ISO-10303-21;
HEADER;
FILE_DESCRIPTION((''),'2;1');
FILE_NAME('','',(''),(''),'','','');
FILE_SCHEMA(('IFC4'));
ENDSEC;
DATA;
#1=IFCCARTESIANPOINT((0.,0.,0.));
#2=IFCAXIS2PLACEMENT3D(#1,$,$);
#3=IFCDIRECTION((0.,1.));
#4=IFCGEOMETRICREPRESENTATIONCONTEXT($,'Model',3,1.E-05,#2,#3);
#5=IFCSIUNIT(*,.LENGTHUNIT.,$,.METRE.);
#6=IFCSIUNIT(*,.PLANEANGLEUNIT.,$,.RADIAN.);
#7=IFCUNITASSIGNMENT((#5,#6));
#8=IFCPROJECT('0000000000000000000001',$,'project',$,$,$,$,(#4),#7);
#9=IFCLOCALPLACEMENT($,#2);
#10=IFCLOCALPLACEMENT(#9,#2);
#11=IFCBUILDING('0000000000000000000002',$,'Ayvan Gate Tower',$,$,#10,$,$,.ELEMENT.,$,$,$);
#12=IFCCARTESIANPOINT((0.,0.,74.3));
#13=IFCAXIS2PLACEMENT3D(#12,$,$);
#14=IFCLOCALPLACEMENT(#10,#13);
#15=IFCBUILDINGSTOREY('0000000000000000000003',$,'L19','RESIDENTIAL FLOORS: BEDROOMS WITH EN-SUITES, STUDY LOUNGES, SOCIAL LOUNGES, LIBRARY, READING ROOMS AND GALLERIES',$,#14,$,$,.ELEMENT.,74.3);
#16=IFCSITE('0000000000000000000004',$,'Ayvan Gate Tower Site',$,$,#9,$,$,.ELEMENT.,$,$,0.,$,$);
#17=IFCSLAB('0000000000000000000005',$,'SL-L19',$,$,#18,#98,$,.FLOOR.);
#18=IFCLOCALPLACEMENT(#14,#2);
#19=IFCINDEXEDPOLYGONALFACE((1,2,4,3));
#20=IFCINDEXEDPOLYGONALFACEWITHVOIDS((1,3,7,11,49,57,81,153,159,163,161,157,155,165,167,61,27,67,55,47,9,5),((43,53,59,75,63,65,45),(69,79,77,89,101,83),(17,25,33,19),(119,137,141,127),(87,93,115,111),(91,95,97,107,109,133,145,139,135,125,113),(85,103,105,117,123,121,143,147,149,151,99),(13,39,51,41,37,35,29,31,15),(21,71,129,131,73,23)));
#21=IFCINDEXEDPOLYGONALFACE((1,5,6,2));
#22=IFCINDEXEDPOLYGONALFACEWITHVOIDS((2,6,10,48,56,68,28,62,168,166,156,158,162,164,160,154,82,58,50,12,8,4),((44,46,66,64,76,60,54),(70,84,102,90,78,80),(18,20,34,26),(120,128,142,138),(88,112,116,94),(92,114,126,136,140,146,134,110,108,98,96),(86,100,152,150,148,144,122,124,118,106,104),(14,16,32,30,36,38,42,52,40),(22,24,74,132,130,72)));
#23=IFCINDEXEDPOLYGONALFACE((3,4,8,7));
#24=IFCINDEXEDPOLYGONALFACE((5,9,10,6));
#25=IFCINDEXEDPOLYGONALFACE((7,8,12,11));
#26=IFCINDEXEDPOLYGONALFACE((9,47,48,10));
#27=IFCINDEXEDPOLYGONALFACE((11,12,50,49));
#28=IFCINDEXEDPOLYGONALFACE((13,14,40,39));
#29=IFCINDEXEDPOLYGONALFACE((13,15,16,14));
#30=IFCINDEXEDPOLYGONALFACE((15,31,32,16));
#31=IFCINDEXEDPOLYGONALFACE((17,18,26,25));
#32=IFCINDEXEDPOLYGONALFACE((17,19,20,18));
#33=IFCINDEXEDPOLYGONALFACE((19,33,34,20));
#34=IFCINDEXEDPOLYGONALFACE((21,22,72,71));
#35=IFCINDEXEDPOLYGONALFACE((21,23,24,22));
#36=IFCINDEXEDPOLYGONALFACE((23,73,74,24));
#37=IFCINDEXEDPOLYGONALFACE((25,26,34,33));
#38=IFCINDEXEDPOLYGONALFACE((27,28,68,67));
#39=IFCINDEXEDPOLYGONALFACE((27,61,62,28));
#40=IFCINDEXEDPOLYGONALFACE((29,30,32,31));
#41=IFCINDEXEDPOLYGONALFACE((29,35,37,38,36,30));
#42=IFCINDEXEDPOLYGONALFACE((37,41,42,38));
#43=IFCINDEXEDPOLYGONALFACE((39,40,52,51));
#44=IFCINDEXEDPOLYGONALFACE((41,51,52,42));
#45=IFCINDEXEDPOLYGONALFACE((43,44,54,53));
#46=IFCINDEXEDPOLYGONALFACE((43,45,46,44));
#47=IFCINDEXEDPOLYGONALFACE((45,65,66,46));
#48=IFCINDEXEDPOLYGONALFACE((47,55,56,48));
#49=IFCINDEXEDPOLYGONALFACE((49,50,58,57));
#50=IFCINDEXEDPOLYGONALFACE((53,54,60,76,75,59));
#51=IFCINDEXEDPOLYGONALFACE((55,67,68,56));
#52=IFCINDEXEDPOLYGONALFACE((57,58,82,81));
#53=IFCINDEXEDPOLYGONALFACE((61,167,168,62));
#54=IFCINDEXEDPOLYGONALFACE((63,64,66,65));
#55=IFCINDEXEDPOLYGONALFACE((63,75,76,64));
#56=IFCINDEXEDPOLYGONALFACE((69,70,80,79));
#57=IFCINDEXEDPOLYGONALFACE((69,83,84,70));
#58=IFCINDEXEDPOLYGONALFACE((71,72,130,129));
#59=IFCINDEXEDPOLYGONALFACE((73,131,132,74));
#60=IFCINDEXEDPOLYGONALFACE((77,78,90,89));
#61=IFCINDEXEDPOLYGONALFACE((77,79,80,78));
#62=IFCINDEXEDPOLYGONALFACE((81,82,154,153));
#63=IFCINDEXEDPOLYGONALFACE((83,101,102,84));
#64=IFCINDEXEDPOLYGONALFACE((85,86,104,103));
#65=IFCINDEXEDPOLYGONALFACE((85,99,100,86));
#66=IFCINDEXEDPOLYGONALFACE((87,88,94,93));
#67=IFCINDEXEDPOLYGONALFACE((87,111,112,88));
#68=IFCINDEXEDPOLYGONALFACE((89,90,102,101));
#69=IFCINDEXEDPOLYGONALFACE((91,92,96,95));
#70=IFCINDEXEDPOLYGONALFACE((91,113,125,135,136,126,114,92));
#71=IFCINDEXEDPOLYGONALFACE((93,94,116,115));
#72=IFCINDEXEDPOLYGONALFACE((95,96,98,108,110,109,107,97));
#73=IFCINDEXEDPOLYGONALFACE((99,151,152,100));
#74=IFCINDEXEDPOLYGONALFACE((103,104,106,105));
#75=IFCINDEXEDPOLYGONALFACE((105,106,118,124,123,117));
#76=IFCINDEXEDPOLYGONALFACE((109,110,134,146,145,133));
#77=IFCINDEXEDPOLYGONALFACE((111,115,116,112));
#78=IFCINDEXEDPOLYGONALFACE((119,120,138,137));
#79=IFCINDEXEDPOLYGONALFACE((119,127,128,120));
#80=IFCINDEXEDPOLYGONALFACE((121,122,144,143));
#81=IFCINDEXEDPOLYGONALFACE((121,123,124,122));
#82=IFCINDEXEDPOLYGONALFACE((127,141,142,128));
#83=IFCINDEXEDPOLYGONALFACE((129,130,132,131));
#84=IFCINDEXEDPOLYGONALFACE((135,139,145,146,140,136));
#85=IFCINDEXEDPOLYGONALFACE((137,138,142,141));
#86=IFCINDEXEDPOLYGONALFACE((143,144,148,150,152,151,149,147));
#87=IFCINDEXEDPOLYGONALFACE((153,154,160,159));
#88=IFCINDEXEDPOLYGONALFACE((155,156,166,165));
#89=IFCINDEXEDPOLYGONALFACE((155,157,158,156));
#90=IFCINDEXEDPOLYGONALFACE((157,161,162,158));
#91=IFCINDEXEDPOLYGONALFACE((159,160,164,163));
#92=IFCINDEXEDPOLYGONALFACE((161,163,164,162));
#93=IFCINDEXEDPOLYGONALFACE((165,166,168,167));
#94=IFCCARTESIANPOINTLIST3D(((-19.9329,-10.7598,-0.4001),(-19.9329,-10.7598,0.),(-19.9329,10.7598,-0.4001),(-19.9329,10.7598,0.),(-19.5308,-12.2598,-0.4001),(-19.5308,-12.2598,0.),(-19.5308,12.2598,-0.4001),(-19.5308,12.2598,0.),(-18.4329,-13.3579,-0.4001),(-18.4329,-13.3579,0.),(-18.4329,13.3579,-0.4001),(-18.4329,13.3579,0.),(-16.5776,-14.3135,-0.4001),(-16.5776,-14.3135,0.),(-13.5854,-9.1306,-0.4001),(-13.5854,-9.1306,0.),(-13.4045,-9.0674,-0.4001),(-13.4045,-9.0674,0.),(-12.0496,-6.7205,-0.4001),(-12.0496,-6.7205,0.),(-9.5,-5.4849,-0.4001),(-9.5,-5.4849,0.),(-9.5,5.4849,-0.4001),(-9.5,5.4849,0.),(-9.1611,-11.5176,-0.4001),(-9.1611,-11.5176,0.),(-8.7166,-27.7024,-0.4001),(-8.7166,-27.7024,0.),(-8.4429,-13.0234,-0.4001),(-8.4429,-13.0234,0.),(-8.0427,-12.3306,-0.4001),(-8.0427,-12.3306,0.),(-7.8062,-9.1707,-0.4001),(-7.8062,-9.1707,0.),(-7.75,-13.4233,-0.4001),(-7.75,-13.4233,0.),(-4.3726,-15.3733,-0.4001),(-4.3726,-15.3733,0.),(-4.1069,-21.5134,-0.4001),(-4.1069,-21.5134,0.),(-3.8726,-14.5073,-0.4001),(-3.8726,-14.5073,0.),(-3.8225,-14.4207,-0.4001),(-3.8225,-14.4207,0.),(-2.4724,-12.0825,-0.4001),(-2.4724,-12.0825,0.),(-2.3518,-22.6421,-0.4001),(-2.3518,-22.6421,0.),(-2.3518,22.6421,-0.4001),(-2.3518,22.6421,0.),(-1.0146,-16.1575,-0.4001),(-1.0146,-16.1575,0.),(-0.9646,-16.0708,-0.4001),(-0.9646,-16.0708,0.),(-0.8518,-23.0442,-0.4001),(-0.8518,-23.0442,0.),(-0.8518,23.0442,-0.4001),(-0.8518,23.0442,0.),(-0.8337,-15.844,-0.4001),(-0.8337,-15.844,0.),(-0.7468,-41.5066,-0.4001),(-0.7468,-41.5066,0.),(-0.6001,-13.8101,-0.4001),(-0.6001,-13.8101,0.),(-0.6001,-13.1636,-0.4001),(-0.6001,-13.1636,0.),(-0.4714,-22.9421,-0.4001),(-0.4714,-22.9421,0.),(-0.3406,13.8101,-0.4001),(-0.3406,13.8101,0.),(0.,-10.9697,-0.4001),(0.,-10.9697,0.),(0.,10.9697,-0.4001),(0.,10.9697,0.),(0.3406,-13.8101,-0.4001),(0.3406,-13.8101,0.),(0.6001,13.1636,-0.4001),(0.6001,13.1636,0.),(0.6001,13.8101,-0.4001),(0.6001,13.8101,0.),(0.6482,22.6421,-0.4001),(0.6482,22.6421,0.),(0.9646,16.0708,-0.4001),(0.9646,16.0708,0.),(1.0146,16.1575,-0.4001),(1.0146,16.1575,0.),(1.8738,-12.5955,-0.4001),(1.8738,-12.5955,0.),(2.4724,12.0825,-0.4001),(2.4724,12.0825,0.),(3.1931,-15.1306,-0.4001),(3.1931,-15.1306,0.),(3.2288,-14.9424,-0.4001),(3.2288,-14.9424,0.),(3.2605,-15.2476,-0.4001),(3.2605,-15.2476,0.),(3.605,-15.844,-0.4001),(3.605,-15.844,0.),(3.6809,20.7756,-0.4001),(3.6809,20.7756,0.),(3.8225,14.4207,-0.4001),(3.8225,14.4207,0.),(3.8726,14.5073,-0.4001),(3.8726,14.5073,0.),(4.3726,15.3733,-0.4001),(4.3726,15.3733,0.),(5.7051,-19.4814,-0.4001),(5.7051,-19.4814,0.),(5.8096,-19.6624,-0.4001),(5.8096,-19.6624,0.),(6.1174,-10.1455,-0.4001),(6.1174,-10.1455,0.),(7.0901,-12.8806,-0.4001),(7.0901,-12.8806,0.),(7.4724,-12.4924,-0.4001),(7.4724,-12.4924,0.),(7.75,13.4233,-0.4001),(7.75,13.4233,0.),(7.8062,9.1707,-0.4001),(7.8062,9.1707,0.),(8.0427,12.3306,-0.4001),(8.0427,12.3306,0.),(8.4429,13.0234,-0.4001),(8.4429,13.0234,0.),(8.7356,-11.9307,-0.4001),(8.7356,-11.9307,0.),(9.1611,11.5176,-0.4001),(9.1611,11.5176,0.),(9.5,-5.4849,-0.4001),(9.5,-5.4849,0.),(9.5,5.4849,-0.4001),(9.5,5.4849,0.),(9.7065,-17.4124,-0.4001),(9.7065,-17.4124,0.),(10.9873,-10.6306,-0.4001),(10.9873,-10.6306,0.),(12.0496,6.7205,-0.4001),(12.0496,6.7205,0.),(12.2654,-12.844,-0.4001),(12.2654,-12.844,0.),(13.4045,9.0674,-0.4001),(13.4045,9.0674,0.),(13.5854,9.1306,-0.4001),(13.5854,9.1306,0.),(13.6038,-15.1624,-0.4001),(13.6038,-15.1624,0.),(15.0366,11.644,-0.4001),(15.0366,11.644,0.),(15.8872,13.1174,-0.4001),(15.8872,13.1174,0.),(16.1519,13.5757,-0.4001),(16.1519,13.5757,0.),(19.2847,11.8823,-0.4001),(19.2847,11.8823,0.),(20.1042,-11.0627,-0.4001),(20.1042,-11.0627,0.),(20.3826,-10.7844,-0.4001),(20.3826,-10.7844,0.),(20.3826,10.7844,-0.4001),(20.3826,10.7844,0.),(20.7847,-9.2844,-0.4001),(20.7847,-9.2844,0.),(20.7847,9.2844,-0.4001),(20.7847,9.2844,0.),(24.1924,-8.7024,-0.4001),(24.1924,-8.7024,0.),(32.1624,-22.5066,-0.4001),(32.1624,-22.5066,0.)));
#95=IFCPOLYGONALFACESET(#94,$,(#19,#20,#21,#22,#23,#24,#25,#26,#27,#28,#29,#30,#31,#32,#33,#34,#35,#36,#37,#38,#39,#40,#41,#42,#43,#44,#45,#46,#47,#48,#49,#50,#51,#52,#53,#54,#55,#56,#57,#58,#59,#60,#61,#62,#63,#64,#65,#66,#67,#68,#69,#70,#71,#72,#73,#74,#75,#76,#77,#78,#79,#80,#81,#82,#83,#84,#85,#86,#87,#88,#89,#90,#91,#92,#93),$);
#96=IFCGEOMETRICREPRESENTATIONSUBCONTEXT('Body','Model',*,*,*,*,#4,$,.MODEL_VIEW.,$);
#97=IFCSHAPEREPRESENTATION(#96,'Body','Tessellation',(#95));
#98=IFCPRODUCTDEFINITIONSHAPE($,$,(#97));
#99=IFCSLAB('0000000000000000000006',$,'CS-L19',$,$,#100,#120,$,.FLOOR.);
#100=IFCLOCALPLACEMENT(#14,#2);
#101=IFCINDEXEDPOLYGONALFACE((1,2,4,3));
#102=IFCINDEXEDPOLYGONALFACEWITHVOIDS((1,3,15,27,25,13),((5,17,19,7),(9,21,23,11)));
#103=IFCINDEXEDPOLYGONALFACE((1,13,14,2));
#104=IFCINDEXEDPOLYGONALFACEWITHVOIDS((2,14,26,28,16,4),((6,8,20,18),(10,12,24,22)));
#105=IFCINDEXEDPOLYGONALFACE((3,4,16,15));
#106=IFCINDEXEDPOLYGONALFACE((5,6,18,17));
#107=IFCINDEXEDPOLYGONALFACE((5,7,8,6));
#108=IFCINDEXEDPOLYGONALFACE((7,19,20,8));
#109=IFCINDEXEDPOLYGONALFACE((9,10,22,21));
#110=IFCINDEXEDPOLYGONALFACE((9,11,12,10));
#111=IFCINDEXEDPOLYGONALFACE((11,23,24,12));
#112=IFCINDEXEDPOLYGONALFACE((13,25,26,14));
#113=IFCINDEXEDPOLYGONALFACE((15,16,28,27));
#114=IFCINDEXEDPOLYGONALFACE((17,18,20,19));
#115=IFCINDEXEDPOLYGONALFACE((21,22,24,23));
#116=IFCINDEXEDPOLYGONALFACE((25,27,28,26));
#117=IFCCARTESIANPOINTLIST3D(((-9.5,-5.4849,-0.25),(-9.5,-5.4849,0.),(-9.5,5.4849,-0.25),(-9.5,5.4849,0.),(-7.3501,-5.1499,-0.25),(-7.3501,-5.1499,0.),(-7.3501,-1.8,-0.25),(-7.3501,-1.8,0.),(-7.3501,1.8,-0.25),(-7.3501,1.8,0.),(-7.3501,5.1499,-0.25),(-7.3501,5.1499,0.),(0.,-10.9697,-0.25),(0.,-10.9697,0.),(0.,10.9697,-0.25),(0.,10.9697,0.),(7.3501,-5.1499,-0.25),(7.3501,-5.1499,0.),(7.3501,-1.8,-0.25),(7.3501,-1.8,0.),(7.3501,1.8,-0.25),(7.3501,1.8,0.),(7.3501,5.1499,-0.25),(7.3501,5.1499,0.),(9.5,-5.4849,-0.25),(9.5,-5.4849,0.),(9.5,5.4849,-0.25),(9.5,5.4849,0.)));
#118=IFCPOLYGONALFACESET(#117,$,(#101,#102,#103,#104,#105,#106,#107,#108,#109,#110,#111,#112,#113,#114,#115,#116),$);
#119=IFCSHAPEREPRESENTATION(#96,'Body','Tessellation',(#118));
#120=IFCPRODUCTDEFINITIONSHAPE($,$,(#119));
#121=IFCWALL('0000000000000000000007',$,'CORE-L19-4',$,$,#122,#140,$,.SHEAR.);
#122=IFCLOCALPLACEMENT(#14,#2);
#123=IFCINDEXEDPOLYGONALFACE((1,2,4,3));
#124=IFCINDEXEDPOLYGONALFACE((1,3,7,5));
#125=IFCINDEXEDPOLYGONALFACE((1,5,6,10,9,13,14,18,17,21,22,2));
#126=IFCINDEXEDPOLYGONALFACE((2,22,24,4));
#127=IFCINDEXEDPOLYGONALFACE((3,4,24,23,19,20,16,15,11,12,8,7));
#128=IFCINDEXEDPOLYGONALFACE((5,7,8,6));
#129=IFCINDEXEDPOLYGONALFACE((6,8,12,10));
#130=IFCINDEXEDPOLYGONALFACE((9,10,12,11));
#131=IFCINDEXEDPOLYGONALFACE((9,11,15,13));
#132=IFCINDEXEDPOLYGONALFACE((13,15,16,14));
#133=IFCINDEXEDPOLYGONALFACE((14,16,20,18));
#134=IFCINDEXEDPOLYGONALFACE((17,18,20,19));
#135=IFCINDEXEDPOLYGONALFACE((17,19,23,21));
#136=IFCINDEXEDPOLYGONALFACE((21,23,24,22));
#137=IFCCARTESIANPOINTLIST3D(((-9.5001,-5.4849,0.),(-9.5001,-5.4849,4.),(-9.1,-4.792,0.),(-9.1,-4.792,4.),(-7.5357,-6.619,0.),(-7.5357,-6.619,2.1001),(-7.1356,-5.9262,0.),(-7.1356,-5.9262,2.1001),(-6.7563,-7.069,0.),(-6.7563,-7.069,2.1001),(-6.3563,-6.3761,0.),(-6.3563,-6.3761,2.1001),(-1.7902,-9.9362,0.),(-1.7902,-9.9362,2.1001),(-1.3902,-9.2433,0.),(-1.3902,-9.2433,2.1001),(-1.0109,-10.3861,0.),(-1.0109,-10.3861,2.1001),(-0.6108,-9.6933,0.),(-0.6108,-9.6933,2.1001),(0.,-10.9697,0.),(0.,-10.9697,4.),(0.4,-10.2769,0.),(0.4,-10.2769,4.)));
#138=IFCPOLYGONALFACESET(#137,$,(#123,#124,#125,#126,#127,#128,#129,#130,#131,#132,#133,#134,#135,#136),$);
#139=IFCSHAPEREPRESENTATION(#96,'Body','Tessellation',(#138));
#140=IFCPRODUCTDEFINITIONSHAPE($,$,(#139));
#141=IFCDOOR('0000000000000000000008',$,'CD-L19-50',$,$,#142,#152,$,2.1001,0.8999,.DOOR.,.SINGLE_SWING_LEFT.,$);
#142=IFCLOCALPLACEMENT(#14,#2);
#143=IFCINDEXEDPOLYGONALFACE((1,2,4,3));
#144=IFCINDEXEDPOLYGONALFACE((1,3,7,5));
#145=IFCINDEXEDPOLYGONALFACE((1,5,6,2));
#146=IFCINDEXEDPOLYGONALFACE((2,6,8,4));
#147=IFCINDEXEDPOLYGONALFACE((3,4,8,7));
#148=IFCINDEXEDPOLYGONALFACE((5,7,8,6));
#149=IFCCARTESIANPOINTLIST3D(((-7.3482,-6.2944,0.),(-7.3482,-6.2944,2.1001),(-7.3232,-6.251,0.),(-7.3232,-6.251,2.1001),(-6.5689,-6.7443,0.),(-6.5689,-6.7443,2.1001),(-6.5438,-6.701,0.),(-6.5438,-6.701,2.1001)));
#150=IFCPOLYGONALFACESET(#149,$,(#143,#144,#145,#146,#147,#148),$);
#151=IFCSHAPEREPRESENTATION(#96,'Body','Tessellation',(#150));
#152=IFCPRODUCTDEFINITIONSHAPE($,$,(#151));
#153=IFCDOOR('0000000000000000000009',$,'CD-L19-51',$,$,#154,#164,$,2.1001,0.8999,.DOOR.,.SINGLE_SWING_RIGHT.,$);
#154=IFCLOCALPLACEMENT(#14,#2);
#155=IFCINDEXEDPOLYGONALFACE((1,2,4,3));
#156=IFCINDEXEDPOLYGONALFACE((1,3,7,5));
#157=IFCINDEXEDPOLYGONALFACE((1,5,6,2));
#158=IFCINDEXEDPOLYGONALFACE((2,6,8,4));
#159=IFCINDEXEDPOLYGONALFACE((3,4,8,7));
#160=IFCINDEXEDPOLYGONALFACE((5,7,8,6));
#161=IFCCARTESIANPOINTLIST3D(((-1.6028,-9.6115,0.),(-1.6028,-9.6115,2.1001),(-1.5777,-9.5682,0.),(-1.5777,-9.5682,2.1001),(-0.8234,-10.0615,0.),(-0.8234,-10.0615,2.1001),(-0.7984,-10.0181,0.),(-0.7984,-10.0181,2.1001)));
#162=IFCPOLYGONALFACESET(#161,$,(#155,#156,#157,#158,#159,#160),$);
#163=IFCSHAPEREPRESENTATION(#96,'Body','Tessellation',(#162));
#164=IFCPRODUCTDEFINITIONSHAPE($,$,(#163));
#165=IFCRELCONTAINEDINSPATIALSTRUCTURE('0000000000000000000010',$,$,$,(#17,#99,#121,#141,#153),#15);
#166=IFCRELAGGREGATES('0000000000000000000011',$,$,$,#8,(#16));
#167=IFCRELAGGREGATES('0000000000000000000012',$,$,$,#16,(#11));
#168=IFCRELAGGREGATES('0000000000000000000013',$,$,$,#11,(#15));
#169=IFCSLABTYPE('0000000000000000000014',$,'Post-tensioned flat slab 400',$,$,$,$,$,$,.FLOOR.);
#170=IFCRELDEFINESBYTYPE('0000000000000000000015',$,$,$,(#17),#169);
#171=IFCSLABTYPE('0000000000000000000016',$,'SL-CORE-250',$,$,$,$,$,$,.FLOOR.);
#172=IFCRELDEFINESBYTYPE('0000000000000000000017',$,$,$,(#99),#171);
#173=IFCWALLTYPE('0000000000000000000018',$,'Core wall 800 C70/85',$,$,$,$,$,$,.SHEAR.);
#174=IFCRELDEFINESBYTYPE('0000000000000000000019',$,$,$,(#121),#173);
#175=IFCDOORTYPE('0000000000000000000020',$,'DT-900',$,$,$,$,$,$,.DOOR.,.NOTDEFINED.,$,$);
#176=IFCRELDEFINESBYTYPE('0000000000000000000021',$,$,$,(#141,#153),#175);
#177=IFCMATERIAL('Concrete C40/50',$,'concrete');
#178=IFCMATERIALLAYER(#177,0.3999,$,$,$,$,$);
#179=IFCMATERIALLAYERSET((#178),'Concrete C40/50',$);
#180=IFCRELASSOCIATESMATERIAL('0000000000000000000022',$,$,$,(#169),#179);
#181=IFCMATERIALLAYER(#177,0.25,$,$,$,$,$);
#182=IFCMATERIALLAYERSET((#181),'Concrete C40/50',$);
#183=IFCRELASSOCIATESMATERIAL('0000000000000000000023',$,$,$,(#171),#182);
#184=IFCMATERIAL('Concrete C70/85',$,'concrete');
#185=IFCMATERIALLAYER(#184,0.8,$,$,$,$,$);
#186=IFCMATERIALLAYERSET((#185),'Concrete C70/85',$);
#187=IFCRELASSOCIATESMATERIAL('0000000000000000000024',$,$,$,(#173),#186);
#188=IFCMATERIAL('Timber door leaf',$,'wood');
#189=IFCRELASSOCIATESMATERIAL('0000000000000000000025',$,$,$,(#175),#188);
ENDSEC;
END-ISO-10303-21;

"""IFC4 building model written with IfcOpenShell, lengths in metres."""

from ifc_helpers import new_model, si_unit, direction, frame, frame_2d, origin, place, context, subcontext, project, spatial, polyline, rectangle, outline, extrude, material, layer, layer_set, type_object, element, fill, save


model = new_model("IFC4")

# Units and contexts
model_context = context("Model", 3, precision=1e-05, world=origin(), true_north=direction((0.0, 1.0)))
body_context = subcontext(model_context, "Body", "Model", "MODEL_VIEW")
ifc_project = project(units=[si_unit("LENGTHUNIT", "METRE"), si_unit("PLANEANGLEUNIT", "RADIAN")], contexts=[model_context])

# Site, building, storey
site_placement = place(None, origin())
site = spatial("IfcSite", under=ifc_project, at=site_placement, Name="Ayvan Gate Tower Site", CompositionType="ELEMENT", RefElevation=0.0)
building_placement = place(site_placement, origin())
building = spatial("IfcBuilding", under=site, at=building_placement, Name="Ayvan Gate Tower", CompositionType="ELEMENT")
storey_placement = place(building_placement, frame((0.0, 0.0, 74.3)))
storey = spatial("IfcBuildingStorey", under=building, at=storey_placement, Name="L19", Description="RESIDENTIAL FLOORS: BEDROOMS WITH EN-SUITES, STUDY LOUNGES, SOCIAL LOUNGES, LIBRARY, READING ROOMS AND GALLERIES", CompositionType="ELEMENT", Elevation=74.3)

# Slabs
ifc_material_1 = material(Name="Concrete C40/50", Category="concrete")
ifc_layer_1 = layer(ifc_material_1, 0.3999)
ifc_layer_set_1 = layer_set([ifc_layer_1], Name="Concrete C40/50")
slab_type_1 = type_object("IfcSlabType", Name="Post-tensioned flat slab 400", PredefinedType="FLOOR", material=ifc_layer_set_1)
slab_1_placement = place(storey_placement, frame((0.0, 0.0, -0.4001)))
element("IfcSlab", 1, at=slab_1_placement, inside=storey, type_object=slab_type_1, Name="SL-L19", PredefinedType="FLOOR", context=body_context, shape_type="SweptSolid", body=[
    extrude(outline(polyline([(-19.9329, -10.7598), (-19.9329, 10.7598), (-19.5308, 12.2598), (-18.4329, 13.3579), (-2.3518, 22.6421), (-0.8518, 23.0442), (0.6482, 22.6421), (19.2847, 11.8823), (20.3826, 10.7844), (20.7847, 9.2844), (20.7847, -9.2844), (20.3826, -10.7844), (20.1042, -11.0627), (24.1924, -8.7024), (32.1624, -22.5066), (-0.7468, -41.5066), (-8.7166, -27.7024), (-0.4714, -22.9421), (-0.8518, -23.0442), (-2.3518, -22.6421), (-18.4329, -13.3579), (-19.5308, -12.2598), (-19.9329, -10.7598)]), holes=[polyline([(8.4429, 13.0234), (8.0427, 12.3306), (13.5854, 9.1306), (15.0366, 11.644), (15.8872, 13.1174), (16.1519, 13.5757), (3.6809, 20.7756), (1.0146, 16.1575), (3.8726, 14.5073), (4.3726, 15.3733), (7.75, 13.4233), (8.4429, 13.0234)]), polyline([(7.0901, -12.8806), (3.1931, -15.1306), (3.2605, -15.2476), (3.605, -15.844), (5.7051, -19.4814), (5.8096, -19.6624), (9.7065, -17.4124), (13.6038, -15.1624), (12.2654, -12.844), (10.9873, -10.6306), (8.7356, -11.9307), (7.0901, -12.8806)]), polyline([(7.8062, 9.1707), (12.0496, 6.7205), (13.4045, 9.0674), (9.1611, 11.5176), (7.8062, 9.1707)]), polyline([(-9.5, -5.4849), (0.0, -10.9697), (9.5, -5.4849), (9.5, 5.4849), (0.0, 10.9697), (-9.5, 5.4849), (-9.5, -5.4849)]), polyline([(6.1174, -10.1455), (1.8738, -12.5955), (3.2288, -14.9424), (7.4724, -12.4924), (6.1174, -10.1455)]), polyline([(0.9646, 16.0708), (-0.3406, 13.8101), (0.6001, 13.8101), (0.6001, 13.1636), (2.4724, 12.0825), (3.8225, 14.4207), (0.9646, 16.0708)]), polyline([(-0.6001, -13.1636), (-2.4724, -12.0825), (-3.8225, -14.4207), (-0.9646, -16.0708), (-0.8337, -15.844), (0.3406, -13.8101), (-0.6001, -13.8101), (-0.6001, -13.1636)]), polyline([(-16.5776, -14.3135), (-4.1069, -21.5134), (-1.0146, -16.1575), (-3.8726, -14.5073), (-4.3726, -15.3733), (-7.75, -13.4233), (-8.4429, -13.0234), (-8.0427, -12.3306), (-13.5854, -9.1306), (-16.5776, -14.3135)]), polyline([(-13.4045, -9.0674), (-9.1611, -11.5176), (-7.8062, -9.1707), (-12.0496, -6.7205), (-13.4045, -9.0674)])]), origin(), (0.0, 0.0, 1.0), 0.4001),
])
ifc_layer_2 = layer(ifc_material_1, 0.25)
ifc_layer_set_2 = layer_set([ifc_layer_2], Name="Concrete C40/50")
slab_type_2 = type_object("IfcSlabType", Name="SL-CORE-250", PredefinedType="FLOOR", material=ifc_layer_set_2)
slab_2_placement = place(storey_placement, frame((0.0, 0.0, -0.25)))
element("IfcSlab", 2, at=slab_2_placement, inside=storey, type_object=slab_type_2, Name="CS-L19", PredefinedType="FLOOR", context=body_context, shape_type="SweptSolid", body=[
    extrude(outline(polyline([(9.5, -5.4849), (0.0, -10.9697), (-9.5, -5.4849), (-9.5, 5.4849), (0.0, 10.9697), (9.5, 5.4849), (9.5, -5.4849)]), holes=[polyline([(-7.3501, -1.8), (-7.3501, -5.1499), (7.3501, -5.1499), (7.3501, -1.8), (-7.3501, -1.8)]), polyline([(-7.3501, 5.1499), (-7.3501, 1.8), (7.3501, 1.8), (7.3501, 5.1499), (-7.3501, 5.1499)])]), origin(), (0.0, 0.0, 1.0), 0.25),
])

# Wall, openings, doors
ifc_material_2 = material(Name="Concrete C70/85", Category="concrete")
ifc_layer_3 = layer(ifc_material_2, 0.8)
ifc_layer_set_3 = layer_set([ifc_layer_3], Name="Concrete C70/85")
wall_type_1 = type_object("IfcWallType", Name="Core wall 800 C70/85", PredefinedType="SHEAR", material=ifc_layer_set_3)
wall_1_placement = place(storey_placement, frame((-9.3, -5.1384, 0.0), z_axis=(0.0, 0.0, 1.0), x_axis=(0.866024, -0.500002, 0.0)))
wall_1 = element("IfcWall", 3, at=wall_1_placement, inside=storey, type_object=wall_type_1, Name="CORE-L19-4", PredefinedType="SHEAR", context=body_context, shape_type="SweptSolid", body=[
    extrude(rectangle(XDim=10.9697, YDim=0.8, at=frame_2d((5.4849, 0.0))), origin(), (0.0, 0.0, 1.0), 4.0),
])
opening_1_placement = place(wall_1_placement, frame((2.2683, 0.0, 0.0)))
opening_1 = element("IfcOpeningElement", 4, at=opening_1_placement, cuts=wall_1, PredefinedType="OPENING", context=body_context, shape_type="SweptSolid", body=[
    extrude(rectangle(XDim=0.8999, YDim=2.1001, at=frame_2d((0.45, 1.05))), frame((0.0, 0.4099, 0.0), z_axis=(0.0, -1.0, 0.0), x_axis=(1.0, 0.0, 0.0)), (0.0, 0.0, 1.0), 0.8201),
])
opening_2_placement = place(wall_1_placement, frame((8.9026, 0.0, 0.0)))
opening_2 = element("IfcOpeningElement", 5, at=opening_2_placement, cuts=wall_1, PredefinedType="OPENING", context=body_context, shape_type="SweptSolid", body=[
    extrude(rectangle(XDim=0.8999, YDim=2.1001, at=frame_2d((0.45, 1.05))), frame((0.0, 0.4099, 0.0), z_axis=(0.0, -1.0, 0.0), x_axis=(1.0, 0.0, 0.0)), (0.0, 0.0, 1.0), 0.8201),
])
ifc_material_3 = material(Name="Timber door leaf", Category="wood")
door_type_1 = type_object("IfcDoorType", Name="DT-900", OperationType="NOTDEFINED", PredefinedType="DOOR", material=ifc_material_3)
door_1_placement = place(opening_1_placement, origin())
door_1 = element("IfcDoor", 6, at=door_1_placement, inside=storey, type_object=door_type_1, Name="CD-L19-50", OperationType="SINGLE_SWING_LEFT", OverallHeight=2.1001, OverallWidth=0.8999, PredefinedType="DOOR", context=body_context, shape_type="SweptSolid", body=[
    extrude(rectangle(XDim=0.8999, YDim=2.1001, at=frame_2d((0.45, 1.05))), frame((0.0, 0.0249, 0.0), z_axis=(0.0, -1.0, 0.0), x_axis=(1.0, 0.0, 0.0)), (0.0, 0.0, 1.0), 0.05),
])
fill(opening_1, door_1)
door_2_placement = place(opening_2_placement, origin())
door_2 = element("IfcDoor", 7, at=door_2_placement, inside=storey, type_object=door_type_1, Name="CD-L19-51", OperationType="SINGLE_SWING_RIGHT", OverallHeight=2.1001, OverallWidth=0.8999, PredefinedType="DOOR", context=body_context, shape_type="SweptSolid", body=[
    extrude(rectangle(XDim=0.8999, YDim=2.1001, at=frame_2d((0.45, 1.05))), frame((0.0, 0.0249, 0.0), z_axis=(0.0, -1.0, 0.0), x_axis=(1.0, 0.0, 0.0)), (0.0, 0.0, 1.0), 0.05),
])
fill(opening_2, door_2)

save(model, "model.ifc")
